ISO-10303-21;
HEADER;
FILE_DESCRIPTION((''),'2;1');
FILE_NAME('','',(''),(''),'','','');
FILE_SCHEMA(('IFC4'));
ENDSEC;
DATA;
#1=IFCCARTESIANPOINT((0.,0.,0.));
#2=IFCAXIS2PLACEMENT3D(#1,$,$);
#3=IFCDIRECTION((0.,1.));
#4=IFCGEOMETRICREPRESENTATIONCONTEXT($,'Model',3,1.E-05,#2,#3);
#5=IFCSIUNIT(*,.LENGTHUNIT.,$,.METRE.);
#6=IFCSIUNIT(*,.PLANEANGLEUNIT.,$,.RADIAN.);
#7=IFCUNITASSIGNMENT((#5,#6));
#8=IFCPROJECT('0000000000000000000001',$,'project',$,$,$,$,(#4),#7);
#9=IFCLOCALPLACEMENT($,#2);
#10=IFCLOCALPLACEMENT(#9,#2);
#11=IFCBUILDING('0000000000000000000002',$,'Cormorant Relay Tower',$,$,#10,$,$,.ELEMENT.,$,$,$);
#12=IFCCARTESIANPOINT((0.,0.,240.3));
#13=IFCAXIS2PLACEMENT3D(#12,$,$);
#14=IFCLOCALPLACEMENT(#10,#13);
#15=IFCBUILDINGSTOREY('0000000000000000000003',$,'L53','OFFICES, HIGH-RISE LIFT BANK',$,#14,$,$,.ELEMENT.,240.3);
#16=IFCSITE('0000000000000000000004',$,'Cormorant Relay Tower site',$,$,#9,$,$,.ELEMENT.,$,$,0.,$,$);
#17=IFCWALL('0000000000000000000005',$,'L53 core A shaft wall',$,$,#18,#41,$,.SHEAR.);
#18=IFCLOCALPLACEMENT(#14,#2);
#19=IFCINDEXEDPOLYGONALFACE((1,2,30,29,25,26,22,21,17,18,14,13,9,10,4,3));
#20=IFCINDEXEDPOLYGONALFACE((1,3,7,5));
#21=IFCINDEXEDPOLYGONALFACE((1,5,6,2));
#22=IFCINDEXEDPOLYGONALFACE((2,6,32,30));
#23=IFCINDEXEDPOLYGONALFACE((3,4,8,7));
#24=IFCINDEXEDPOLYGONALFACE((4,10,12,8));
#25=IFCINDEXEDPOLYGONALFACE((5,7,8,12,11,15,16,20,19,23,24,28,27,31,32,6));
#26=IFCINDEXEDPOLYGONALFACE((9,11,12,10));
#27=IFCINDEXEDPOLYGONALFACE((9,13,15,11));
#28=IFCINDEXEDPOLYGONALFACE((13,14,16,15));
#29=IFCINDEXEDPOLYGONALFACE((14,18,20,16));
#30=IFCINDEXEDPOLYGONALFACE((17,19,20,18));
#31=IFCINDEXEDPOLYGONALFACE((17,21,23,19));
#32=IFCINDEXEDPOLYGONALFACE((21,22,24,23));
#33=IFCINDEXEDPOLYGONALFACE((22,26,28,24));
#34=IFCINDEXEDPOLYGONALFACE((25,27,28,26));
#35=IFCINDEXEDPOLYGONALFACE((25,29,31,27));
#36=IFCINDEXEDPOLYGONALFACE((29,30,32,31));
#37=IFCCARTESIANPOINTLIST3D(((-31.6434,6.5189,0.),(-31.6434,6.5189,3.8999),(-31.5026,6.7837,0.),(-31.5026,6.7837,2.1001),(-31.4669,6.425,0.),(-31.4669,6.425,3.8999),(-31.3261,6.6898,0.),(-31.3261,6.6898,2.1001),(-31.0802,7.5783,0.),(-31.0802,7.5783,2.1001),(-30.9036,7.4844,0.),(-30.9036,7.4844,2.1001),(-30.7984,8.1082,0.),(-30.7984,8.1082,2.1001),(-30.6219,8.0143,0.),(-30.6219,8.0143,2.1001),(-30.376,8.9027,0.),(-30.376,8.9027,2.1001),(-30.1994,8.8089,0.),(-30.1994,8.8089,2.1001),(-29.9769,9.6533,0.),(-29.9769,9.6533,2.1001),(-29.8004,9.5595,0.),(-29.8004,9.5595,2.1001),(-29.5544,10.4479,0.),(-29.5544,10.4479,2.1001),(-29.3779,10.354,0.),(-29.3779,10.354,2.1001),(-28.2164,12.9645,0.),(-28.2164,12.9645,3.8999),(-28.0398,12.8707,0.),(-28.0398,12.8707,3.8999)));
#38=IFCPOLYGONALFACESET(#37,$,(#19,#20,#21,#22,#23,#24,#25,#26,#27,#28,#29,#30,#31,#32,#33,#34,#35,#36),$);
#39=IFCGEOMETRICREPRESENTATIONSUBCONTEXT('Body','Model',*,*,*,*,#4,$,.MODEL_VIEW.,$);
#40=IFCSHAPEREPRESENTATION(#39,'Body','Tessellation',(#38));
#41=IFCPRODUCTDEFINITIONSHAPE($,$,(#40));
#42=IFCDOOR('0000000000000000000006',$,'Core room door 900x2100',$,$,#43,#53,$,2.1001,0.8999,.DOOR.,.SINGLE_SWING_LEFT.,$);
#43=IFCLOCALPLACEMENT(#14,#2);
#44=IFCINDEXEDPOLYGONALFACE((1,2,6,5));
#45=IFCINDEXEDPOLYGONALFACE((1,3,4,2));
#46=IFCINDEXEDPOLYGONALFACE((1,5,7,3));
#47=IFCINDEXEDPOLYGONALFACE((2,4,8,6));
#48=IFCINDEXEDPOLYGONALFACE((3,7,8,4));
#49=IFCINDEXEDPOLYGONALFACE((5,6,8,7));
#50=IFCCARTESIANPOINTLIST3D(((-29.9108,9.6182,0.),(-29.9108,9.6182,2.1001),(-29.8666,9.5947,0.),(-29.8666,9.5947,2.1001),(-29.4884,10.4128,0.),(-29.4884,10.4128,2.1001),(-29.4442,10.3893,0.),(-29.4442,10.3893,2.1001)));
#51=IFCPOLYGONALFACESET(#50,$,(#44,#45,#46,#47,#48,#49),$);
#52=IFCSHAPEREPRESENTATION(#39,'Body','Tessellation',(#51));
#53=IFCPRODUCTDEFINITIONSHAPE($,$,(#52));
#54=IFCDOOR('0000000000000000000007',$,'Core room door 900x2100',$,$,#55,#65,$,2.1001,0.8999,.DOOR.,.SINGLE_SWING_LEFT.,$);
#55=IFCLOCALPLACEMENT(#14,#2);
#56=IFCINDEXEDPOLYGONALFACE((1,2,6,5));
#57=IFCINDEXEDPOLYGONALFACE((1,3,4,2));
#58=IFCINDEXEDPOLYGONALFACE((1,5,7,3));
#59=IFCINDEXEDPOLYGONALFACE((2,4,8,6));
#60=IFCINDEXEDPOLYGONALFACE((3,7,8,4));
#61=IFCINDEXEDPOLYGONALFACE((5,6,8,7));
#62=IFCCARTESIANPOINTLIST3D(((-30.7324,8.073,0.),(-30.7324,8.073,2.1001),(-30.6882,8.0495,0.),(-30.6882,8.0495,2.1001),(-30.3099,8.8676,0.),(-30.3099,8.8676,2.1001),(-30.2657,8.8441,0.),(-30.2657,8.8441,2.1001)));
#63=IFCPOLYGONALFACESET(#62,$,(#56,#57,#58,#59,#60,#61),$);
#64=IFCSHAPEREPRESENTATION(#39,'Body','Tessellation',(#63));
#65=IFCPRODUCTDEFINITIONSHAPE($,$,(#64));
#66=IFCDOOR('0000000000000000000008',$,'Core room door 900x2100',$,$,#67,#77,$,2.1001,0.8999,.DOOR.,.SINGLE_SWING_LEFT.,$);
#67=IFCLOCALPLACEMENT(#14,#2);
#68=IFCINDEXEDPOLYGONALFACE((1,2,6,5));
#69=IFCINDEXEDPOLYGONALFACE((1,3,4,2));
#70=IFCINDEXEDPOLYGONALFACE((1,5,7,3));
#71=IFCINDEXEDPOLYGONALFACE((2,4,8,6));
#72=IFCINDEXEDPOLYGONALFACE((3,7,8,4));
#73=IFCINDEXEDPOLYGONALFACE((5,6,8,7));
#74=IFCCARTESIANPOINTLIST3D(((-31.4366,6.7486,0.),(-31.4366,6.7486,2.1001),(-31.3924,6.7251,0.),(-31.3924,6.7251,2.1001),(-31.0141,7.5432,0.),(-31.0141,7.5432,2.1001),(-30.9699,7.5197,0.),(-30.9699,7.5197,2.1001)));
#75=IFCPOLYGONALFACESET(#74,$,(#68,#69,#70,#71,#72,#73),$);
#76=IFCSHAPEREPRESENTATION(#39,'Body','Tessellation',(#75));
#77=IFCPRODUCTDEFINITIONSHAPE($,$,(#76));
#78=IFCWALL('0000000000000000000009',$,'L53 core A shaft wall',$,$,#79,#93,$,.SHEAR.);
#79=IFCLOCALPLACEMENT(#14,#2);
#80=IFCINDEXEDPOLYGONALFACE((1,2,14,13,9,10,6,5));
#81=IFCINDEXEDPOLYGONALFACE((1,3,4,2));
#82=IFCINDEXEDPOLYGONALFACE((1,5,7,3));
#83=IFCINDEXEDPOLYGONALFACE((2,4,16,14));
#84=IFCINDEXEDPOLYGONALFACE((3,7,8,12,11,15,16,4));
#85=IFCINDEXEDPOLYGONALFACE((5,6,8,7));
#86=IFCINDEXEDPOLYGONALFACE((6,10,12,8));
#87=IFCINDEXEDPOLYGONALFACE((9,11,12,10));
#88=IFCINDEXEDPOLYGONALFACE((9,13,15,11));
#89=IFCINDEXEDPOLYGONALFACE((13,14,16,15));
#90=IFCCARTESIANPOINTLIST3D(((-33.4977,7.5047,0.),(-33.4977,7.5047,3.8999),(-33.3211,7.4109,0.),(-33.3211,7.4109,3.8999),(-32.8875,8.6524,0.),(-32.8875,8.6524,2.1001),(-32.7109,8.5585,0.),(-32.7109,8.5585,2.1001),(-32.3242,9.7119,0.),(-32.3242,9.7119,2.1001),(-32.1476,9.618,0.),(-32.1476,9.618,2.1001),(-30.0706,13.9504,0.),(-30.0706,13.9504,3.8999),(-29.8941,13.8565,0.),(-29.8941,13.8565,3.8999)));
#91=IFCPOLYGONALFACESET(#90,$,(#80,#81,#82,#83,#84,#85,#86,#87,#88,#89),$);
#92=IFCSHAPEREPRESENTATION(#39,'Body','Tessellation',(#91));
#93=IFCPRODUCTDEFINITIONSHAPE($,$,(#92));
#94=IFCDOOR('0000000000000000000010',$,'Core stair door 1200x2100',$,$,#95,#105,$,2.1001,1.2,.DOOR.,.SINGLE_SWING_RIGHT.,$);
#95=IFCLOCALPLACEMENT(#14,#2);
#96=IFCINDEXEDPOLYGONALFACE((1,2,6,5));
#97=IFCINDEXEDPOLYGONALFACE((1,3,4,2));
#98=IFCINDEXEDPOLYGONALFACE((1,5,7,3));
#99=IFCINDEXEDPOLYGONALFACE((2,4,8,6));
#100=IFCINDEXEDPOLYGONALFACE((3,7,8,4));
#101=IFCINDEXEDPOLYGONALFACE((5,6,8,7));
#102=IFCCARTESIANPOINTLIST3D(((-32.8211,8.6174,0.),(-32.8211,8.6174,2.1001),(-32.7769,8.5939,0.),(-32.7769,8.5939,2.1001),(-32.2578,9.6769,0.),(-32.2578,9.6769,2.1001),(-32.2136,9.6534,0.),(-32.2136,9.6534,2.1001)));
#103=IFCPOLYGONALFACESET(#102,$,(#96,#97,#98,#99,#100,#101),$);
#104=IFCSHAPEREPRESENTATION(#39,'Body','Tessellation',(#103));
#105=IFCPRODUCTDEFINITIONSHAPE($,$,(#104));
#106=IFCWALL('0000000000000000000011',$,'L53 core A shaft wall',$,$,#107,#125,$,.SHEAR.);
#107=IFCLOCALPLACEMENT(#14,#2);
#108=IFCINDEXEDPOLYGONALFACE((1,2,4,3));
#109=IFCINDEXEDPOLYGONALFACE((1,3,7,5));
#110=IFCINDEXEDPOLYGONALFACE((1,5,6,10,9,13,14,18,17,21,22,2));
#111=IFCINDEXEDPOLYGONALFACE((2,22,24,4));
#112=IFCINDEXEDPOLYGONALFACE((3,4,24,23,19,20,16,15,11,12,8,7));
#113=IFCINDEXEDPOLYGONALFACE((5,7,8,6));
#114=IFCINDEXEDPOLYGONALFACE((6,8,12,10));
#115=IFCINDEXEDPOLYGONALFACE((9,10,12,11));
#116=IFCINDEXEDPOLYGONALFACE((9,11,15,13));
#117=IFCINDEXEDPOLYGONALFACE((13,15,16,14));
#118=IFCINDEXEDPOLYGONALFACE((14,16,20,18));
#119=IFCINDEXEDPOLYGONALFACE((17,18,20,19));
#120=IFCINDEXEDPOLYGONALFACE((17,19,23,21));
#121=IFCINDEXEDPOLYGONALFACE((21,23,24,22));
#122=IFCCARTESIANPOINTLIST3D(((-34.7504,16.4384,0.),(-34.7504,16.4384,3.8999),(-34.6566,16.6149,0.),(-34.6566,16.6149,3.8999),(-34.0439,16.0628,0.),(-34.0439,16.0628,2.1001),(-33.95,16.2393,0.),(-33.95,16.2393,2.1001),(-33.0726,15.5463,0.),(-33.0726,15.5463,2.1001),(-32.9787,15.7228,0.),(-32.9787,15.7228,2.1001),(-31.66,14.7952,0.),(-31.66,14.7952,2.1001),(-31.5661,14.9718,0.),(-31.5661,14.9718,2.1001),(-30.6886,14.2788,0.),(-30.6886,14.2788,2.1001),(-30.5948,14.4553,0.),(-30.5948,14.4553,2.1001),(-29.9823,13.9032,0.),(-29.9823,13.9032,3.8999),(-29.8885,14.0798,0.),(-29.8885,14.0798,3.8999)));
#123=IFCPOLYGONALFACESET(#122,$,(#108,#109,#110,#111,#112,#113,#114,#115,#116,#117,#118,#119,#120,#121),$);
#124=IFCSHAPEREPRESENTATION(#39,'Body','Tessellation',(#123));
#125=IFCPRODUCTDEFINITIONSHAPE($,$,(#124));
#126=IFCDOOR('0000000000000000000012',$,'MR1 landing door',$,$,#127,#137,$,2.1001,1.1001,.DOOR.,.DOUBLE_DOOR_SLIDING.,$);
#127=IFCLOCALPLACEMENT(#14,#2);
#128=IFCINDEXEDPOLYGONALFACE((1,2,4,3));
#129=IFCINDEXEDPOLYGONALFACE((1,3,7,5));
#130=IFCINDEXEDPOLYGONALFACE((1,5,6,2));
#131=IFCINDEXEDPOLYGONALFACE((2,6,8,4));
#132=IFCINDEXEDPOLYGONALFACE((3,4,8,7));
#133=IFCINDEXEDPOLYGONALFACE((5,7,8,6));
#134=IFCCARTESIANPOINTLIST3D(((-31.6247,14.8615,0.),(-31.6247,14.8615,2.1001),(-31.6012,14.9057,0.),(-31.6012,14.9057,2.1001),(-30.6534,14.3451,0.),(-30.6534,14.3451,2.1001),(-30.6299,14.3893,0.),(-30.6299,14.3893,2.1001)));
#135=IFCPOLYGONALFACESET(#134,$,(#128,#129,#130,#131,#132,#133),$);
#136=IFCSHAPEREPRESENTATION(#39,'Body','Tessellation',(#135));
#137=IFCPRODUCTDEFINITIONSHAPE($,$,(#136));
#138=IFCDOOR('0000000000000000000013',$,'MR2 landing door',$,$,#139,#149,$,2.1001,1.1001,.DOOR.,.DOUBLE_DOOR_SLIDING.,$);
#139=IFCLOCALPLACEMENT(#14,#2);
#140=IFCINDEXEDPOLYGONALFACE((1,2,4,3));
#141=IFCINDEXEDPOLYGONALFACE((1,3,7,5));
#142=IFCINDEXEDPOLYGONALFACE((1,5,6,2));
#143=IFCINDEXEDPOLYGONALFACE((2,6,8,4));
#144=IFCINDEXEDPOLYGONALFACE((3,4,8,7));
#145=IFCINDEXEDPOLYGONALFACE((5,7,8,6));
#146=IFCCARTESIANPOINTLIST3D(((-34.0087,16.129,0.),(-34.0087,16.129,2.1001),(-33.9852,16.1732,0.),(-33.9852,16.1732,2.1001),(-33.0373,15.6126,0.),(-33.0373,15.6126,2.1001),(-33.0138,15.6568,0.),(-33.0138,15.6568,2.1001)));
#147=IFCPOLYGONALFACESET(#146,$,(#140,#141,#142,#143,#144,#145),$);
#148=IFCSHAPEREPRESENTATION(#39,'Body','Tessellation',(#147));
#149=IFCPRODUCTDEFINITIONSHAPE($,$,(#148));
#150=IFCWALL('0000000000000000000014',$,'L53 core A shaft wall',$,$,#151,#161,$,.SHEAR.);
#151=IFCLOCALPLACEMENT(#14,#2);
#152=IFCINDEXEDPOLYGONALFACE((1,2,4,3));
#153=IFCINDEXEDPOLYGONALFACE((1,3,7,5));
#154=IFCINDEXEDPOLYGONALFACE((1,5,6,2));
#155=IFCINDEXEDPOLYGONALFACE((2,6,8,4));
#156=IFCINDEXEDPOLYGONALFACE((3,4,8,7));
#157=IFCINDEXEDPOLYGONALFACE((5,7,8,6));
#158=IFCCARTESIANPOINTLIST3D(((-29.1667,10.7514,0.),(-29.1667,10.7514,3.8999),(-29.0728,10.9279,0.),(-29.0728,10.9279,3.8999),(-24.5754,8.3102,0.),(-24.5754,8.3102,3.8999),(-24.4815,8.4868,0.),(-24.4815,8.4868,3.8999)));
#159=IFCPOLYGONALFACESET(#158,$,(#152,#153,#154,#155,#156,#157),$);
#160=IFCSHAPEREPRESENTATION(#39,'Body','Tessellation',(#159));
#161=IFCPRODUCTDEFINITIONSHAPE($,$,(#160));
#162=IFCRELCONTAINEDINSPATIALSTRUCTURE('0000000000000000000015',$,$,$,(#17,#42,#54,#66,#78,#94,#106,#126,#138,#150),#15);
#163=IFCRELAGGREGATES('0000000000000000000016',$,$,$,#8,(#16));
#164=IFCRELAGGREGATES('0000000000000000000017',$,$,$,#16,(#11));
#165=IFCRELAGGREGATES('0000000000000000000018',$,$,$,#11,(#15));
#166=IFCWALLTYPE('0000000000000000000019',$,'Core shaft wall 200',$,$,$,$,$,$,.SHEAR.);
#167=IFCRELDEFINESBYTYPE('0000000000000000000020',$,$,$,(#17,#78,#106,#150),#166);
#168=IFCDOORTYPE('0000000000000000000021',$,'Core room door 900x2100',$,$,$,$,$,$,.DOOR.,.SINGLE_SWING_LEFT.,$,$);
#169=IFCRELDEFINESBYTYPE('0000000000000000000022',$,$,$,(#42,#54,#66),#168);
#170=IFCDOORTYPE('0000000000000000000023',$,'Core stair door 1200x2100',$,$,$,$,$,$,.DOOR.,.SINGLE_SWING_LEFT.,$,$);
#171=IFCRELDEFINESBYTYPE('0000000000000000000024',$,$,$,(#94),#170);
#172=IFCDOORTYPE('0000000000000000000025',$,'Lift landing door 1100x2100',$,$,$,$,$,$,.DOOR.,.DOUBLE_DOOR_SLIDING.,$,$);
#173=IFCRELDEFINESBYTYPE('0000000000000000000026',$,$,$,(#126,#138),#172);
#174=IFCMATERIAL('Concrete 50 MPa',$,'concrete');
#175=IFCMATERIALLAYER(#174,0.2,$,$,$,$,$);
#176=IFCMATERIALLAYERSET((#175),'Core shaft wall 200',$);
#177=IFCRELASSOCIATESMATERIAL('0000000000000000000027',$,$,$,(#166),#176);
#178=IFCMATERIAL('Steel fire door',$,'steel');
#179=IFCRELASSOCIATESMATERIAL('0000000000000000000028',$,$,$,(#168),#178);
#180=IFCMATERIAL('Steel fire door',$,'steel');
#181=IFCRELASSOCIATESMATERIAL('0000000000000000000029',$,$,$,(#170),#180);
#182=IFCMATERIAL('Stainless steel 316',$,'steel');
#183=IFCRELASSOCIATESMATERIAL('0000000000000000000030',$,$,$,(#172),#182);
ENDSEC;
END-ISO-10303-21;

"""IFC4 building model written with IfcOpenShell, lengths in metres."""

from ifc_helpers import new_model, si_unit, direction, frame, frame_2d, origin, place, context, subcontext, project, spatial, rectangle, extrude, material, layer, layer_set, type_object, element, fill, save


model = new_model("IFC4")

# Units and contexts
model_context = context("Model", 3, precision=1e-05, world=origin(), true_north=direction((0.0, 1.0)))
body_context = subcontext(model_context, "Body", "Model", "MODEL_VIEW")
ifc_project = project(units=[si_unit("LENGTHUNIT", "METRE"), si_unit("PLANEANGLEUNIT", "RADIAN")], contexts=[model_context])

# Site, building, storey
site_placement = place(None, origin())
site = spatial("IfcSite", under=ifc_project, at=site_placement, Name="Cormorant Relay Tower site", CompositionType="ELEMENT", RefElevation=0.0)
building_placement = place(site_placement, origin())
building = spatial("IfcBuilding", under=site, at=building_placement, Name="Cormorant Relay Tower", CompositionType="ELEMENT")
storey_placement = place(building_placement, frame((0.0, 0.0, 240.3)))
storey = spatial("IfcBuildingStorey", under=building, at=storey_placement, Name="L53", Description="OFFICES, HIGH-RISE LIFT BANK", CompositionType="ELEMENT", Elevation=240.3)

# Shared definitions
ifc_material_1 = material(Name="Concrete 50 MPa", Category="concrete")
ifc_layer_1 = layer(ifc_material_1, 0.2)
ifc_layer_set_1 = layer_set([ifc_layer_1], Name="Core shaft wall 200")
wall_type_1 = type_object("IfcWallType", Name="Core shaft wall 200", PredefinedType="SHEAR", material=ifc_layer_set_1)

# Wall, openings, doors
wall_1_placement = place(storey_placement, frame((-28.1282, 12.9175, 0.0), z_axis=(0.0, 0.0, 1.0), x_axis=(-0.469454, -0.882957, 0.0)))
wall_1 = element("IfcWall", 1, at=wall_1_placement, inside=storey, type_object=wall_type_1, Name="L53 core A shaft wall", PredefinedType="SHEAR", context=body_context, shape_type="SweptSolid", body=[
    extrude(rectangle(XDim=7.3, YDim=0.2, at=frame_2d((3.6499, 0.0))), origin(), (0.0, 0.0, 1.0), 3.8999),
])
opening_1_placement = place(wall_1_placement, frame((2.8501, 0.0, 0.0)))
opening_1 = element("IfcOpeningElement", 2, at=opening_1_placement, cuts=wall_1, PredefinedType="OPENING", context=body_context, shape_type="SweptSolid", body=[
    extrude(rectangle(XDim=0.8999, YDim=2.1001, at=frame_2d((0.45, 1.05))), frame((0.0, 0.1099, 0.0), z_axis=(0.0, -1.0, 0.0), x_axis=(1.0, 0.0, 0.0)), (0.0, 0.0, 1.0), 0.22),
])
opening_2_placement = place(wall_1_placement, frame((4.6001, 0.0, 0.0)))
opening_2 = element("IfcOpeningElement", 3, at=opening_2_placement, cuts=wall_1, PredefinedType="OPENING", context=body_context, shape_type="SweptSolid", body=[
    extrude(rectangle(XDim=0.8999, YDim=2.1001, at=frame_2d((0.45, 1.05))), frame((0.0, 0.1099, 0.0), z_axis=(0.0, -1.0, 0.0), x_axis=(1.0, 0.0, 0.0)), (0.0, 0.0, 1.0), 0.22),
])
opening_3_placement = place(wall_1_placement, frame((6.1001, 0.0, 0.0)))
opening_3 = element("IfcOpeningElement", 4, at=opening_3_placement, cuts=wall_1, PredefinedType="OPENING", context=body_context, shape_type="SweptSolid", body=[
    extrude(rectangle(XDim=0.8999, YDim=2.1001, at=frame_2d((0.45, 1.05))), frame((0.0, 0.1099, 0.0), z_axis=(0.0, -1.0, 0.0), x_axis=(1.0, 0.0, 0.0)), (0.0, 0.0, 1.0), 0.22),
])
ifc_material_2 = material(Name="Steel fire door", Category="steel")
door_type_1 = type_object("IfcDoorType", Name="Core room door 900x2100", OperationType="SINGLE_SWING_LEFT", PredefinedType="DOOR", material=ifc_material_2)
door_1_placement = place(opening_1_placement, origin())
door_1 = element("IfcDoor", 5, at=door_1_placement, inside=storey, type_object=door_type_1, Name="Core room door 900x2100", OperationType="SINGLE_SWING_LEFT", OverallHeight=2.1001, OverallWidth=0.8999, PredefinedType="DOOR", context=body_context, shape_type="SweptSolid", body=[
    extrude(rectangle(XDim=0.8999, YDim=2.1001, at=frame_2d((0.45, 1.05))), frame((0.0, 0.0249, 0.0), z_axis=(0.0, -1.0, 0.0), x_axis=(1.0, 0.0, 0.0)), (0.0, 0.0, 1.0), 0.05),
])
fill(opening_1, door_1)
door_2_placement = place(opening_2_placement, origin())
door_2 = element("IfcDoor", 6, at=door_2_placement, inside=storey, type_object=door_type_1, Name="Core room door 900x2100", OperationType="SINGLE_SWING_LEFT", OverallHeight=2.1001, OverallWidth=0.8999, PredefinedType="DOOR", context=body_context, shape_type="SweptSolid", body=[
    extrude(rectangle(XDim=0.8999, YDim=2.1001, at=frame_2d((0.45, 1.05))), frame((0.0, 0.0249, 0.0), z_axis=(0.0, -1.0, 0.0), x_axis=(1.0, 0.0, 0.0)), (0.0, 0.0, 1.0), 0.05),
])
fill(opening_2, door_2)
door_3_placement = place(opening_3_placement, origin())
door_3 = element("IfcDoor", 7, at=door_3_placement, inside=storey, type_object=door_type_1, Name="Core room door 900x2100", OperationType="SINGLE_SWING_LEFT", OverallHeight=2.1001, OverallWidth=0.8999, PredefinedType="DOOR", context=body_context, shape_type="SweptSolid", body=[
    extrude(rectangle(XDim=0.8999, YDim=2.1001, at=frame_2d((0.45, 1.05))), frame((0.0, 0.0249, 0.0), z_axis=(0.0, -1.0, 0.0), x_axis=(1.0, 0.0, 0.0)), (0.0, 0.0, 1.0), 0.05),
])
fill(opening_3, door_3)

# Wall, opening, door
wall_2_placement = place(storey_placement, frame((-29.9824, 13.9033, 0.0), z_axis=(0.0, 0.0, 1.0), x_axis=(-0.469454, -0.882957, 0.0)))
wall_2 = element("IfcWall", 8, at=wall_2_placement, inside=storey, type_object=wall_type_1, Name="L53 core A shaft wall", PredefinedType="SHEAR", context=body_context, shape_type="SweptSolid", body=[
    extrude(rectangle(XDim=7.3, YDim=0.2, at=frame_2d((3.6499, 0.0))), origin(), (0.0, 0.0, 1.0), 3.8999),
])
opening_4_placement = place(wall_2_placement, frame((4.8, 0.0, 0.0)))
opening_4 = element("IfcOpeningElement", 9, at=opening_4_placement, cuts=wall_2, PredefinedType="OPENING", context=body_context, shape_type="SweptSolid", body=[
    extrude(rectangle(XDim=1.2, YDim=2.1001, at=frame_2d((0.6001, 1.05))), frame((0.0, 0.1099, 0.0), z_axis=(0.0, -1.0, 0.0), x_axis=(1.0, 0.0, 0.0)), (0.0, 0.0, 1.0), 0.22),
])
ifc_material_3 = material(Name="Steel fire door", Category="steel")
door_type_2 = type_object("IfcDoorType", Name="Core stair door 1200x2100", OperationType="SINGLE_SWING_LEFT", PredefinedType="DOOR", material=ifc_material_3)
door_4_placement = place(opening_4_placement, frame((1.2, 0.0, 0.0), z_axis=(0.0, 0.0, 1.0), x_axis=(-1.0, 0.0, 0.0)))
door_4 = element("IfcDoor", 10, at=door_4_placement, inside=storey, type_object=door_type_2, Name="Core stair door 1200x2100", OperationType="SINGLE_SWING_RIGHT", OverallHeight=2.1001, OverallWidth=1.2, PredefinedType="DOOR", context=body_context, shape_type="SweptSolid", body=[
    extrude(rectangle(XDim=1.2, YDim=2.1001, at=frame_2d((0.6001, 1.05))), frame((0.0, 0.0249, 0.0), z_axis=(0.0, -1.0, 0.0), x_axis=(1.0, 0.0, 0.0)), (0.0, 0.0, 1.0), 0.05),
])
fill(opening_4, door_4)

# Wall, openings, doors
wall_3_placement = place(storey_placement, frame((-29.9353, 13.9915, 0.0), z_axis=(0.0, 0.0, 1.0), x_axis=(-0.882953, 0.469462, 0.0)))
wall_3 = element("IfcWall", 11, at=wall_3_placement, inside=storey, type_object=wall_type_1, Name="L53 core A shaft wall", PredefinedType="SHEAR", context=body_context, shape_type="SweptSolid", body=[
    extrude(rectangle(XDim=5.4001, YDim=0.2, at=frame_2d((2.7002, 0.0))), origin(), (0.0, 0.0, 1.0), 3.8999),
])
opening_5_placement = place(wall_3_placement, frame((0.8, 0.0, 0.0)))
opening_5 = element("IfcOpeningElement", 12, at=opening_5_placement, cuts=wall_3, PredefinedType="OPENING", context=body_context, shape_type="SweptSolid", body=[
    extrude(rectangle(XDim=1.1001, YDim=2.1001, at=frame_2d((0.55, 1.05))), frame((0.0, 0.1099, 0.0), z_axis=(0.0, -1.0, 0.0), x_axis=(1.0, 0.0, 0.0)), (0.0, 0.0, 1.0), 0.22),
])
opening_6_placement = place(wall_3_placement, frame((3.5, 0.0, 0.0)))
opening_6 = element("IfcOpeningElement", 13, at=opening_6_placement, cuts=wall_3, PredefinedType="OPENING", context=body_context, shape_type="SweptSolid", body=[
    extrude(rectangle(XDim=1.1001, YDim=2.1001, at=frame_2d((0.55, 1.05))), frame((0.0, 0.1099, 0.0), z_axis=(0.0, -1.0, 0.0), x_axis=(1.0, 0.0, 0.0)), (0.0, 0.0, 1.0), 0.22),
])
ifc_material_4 = material(Name="Stainless steel 316", Category="steel")
door_type_3 = type_object("IfcDoorType", Name="Lift landing door 1100x2100", OperationType="DOUBLE_DOOR_SLIDING", PredefinedType="DOOR", material=ifc_material_4)
door_5_placement = place(opening_5_placement, origin())
door_5 = element("IfcDoor", 14, at=door_5_placement, inside=storey, type_object=door_type_3, Name="MR1 landing door", OperationType="DOUBLE_DOOR_SLIDING", OverallHeight=2.1001, OverallWidth=1.1001, PredefinedType="DOOR", context=body_context, shape_type="SweptSolid", body=[
    extrude(rectangle(XDim=1.1001, YDim=2.1001, at=frame_2d((0.55, 1.05))), frame((0.0, 0.0249, 0.0), z_axis=(0.0, -1.0, 0.0), x_axis=(1.0, 0.0, 0.0)), (0.0, 0.0, 1.0), 0.05),
])
fill(opening_5, door_5)
door_6_placement = place(opening_6_placement, origin())
door_6 = element("IfcDoor", 15, at=door_6_placement, inside=storey, type_object=door_type_3, Name="MR2 landing door", OperationType="DOUBLE_DOOR_SLIDING", OverallHeight=2.1001, OverallWidth=1.1001, PredefinedType="DOOR", context=body_context, shape_type="SweptSolid", body=[
    extrude(rectangle(XDim=1.1001, YDim=2.1001, at=frame_2d((0.55, 1.05))), frame((0.0, 0.0249, 0.0), z_axis=(0.0, -1.0, 0.0), x_axis=(1.0, 0.0, 0.0)), (0.0, 0.0, 1.0), 0.05),
])
fill(opening_6, door_6)

# Wall
wall_4_placement = place(storey_placement, frame((-24.5283, 8.3984, 0.0), z_axis=(0.0, 0.0, 1.0), x_axis=(-0.882954, 0.46946, 0.0)))
element("IfcWall", 16, at=wall_4_placement, inside=storey, type_object=wall_type_1, Name="L53 core A shaft wall", PredefinedType="SHEAR", context=body_context, shape_type="SweptSolid", body=[
    extrude(rectangle(XDim=5.2, YDim=0.2, at=frame_2d((2.6001, 0.0))), origin(), (0.0, 0.0, 1.0), 3.8999),
])

save(model, "model.ifc")
